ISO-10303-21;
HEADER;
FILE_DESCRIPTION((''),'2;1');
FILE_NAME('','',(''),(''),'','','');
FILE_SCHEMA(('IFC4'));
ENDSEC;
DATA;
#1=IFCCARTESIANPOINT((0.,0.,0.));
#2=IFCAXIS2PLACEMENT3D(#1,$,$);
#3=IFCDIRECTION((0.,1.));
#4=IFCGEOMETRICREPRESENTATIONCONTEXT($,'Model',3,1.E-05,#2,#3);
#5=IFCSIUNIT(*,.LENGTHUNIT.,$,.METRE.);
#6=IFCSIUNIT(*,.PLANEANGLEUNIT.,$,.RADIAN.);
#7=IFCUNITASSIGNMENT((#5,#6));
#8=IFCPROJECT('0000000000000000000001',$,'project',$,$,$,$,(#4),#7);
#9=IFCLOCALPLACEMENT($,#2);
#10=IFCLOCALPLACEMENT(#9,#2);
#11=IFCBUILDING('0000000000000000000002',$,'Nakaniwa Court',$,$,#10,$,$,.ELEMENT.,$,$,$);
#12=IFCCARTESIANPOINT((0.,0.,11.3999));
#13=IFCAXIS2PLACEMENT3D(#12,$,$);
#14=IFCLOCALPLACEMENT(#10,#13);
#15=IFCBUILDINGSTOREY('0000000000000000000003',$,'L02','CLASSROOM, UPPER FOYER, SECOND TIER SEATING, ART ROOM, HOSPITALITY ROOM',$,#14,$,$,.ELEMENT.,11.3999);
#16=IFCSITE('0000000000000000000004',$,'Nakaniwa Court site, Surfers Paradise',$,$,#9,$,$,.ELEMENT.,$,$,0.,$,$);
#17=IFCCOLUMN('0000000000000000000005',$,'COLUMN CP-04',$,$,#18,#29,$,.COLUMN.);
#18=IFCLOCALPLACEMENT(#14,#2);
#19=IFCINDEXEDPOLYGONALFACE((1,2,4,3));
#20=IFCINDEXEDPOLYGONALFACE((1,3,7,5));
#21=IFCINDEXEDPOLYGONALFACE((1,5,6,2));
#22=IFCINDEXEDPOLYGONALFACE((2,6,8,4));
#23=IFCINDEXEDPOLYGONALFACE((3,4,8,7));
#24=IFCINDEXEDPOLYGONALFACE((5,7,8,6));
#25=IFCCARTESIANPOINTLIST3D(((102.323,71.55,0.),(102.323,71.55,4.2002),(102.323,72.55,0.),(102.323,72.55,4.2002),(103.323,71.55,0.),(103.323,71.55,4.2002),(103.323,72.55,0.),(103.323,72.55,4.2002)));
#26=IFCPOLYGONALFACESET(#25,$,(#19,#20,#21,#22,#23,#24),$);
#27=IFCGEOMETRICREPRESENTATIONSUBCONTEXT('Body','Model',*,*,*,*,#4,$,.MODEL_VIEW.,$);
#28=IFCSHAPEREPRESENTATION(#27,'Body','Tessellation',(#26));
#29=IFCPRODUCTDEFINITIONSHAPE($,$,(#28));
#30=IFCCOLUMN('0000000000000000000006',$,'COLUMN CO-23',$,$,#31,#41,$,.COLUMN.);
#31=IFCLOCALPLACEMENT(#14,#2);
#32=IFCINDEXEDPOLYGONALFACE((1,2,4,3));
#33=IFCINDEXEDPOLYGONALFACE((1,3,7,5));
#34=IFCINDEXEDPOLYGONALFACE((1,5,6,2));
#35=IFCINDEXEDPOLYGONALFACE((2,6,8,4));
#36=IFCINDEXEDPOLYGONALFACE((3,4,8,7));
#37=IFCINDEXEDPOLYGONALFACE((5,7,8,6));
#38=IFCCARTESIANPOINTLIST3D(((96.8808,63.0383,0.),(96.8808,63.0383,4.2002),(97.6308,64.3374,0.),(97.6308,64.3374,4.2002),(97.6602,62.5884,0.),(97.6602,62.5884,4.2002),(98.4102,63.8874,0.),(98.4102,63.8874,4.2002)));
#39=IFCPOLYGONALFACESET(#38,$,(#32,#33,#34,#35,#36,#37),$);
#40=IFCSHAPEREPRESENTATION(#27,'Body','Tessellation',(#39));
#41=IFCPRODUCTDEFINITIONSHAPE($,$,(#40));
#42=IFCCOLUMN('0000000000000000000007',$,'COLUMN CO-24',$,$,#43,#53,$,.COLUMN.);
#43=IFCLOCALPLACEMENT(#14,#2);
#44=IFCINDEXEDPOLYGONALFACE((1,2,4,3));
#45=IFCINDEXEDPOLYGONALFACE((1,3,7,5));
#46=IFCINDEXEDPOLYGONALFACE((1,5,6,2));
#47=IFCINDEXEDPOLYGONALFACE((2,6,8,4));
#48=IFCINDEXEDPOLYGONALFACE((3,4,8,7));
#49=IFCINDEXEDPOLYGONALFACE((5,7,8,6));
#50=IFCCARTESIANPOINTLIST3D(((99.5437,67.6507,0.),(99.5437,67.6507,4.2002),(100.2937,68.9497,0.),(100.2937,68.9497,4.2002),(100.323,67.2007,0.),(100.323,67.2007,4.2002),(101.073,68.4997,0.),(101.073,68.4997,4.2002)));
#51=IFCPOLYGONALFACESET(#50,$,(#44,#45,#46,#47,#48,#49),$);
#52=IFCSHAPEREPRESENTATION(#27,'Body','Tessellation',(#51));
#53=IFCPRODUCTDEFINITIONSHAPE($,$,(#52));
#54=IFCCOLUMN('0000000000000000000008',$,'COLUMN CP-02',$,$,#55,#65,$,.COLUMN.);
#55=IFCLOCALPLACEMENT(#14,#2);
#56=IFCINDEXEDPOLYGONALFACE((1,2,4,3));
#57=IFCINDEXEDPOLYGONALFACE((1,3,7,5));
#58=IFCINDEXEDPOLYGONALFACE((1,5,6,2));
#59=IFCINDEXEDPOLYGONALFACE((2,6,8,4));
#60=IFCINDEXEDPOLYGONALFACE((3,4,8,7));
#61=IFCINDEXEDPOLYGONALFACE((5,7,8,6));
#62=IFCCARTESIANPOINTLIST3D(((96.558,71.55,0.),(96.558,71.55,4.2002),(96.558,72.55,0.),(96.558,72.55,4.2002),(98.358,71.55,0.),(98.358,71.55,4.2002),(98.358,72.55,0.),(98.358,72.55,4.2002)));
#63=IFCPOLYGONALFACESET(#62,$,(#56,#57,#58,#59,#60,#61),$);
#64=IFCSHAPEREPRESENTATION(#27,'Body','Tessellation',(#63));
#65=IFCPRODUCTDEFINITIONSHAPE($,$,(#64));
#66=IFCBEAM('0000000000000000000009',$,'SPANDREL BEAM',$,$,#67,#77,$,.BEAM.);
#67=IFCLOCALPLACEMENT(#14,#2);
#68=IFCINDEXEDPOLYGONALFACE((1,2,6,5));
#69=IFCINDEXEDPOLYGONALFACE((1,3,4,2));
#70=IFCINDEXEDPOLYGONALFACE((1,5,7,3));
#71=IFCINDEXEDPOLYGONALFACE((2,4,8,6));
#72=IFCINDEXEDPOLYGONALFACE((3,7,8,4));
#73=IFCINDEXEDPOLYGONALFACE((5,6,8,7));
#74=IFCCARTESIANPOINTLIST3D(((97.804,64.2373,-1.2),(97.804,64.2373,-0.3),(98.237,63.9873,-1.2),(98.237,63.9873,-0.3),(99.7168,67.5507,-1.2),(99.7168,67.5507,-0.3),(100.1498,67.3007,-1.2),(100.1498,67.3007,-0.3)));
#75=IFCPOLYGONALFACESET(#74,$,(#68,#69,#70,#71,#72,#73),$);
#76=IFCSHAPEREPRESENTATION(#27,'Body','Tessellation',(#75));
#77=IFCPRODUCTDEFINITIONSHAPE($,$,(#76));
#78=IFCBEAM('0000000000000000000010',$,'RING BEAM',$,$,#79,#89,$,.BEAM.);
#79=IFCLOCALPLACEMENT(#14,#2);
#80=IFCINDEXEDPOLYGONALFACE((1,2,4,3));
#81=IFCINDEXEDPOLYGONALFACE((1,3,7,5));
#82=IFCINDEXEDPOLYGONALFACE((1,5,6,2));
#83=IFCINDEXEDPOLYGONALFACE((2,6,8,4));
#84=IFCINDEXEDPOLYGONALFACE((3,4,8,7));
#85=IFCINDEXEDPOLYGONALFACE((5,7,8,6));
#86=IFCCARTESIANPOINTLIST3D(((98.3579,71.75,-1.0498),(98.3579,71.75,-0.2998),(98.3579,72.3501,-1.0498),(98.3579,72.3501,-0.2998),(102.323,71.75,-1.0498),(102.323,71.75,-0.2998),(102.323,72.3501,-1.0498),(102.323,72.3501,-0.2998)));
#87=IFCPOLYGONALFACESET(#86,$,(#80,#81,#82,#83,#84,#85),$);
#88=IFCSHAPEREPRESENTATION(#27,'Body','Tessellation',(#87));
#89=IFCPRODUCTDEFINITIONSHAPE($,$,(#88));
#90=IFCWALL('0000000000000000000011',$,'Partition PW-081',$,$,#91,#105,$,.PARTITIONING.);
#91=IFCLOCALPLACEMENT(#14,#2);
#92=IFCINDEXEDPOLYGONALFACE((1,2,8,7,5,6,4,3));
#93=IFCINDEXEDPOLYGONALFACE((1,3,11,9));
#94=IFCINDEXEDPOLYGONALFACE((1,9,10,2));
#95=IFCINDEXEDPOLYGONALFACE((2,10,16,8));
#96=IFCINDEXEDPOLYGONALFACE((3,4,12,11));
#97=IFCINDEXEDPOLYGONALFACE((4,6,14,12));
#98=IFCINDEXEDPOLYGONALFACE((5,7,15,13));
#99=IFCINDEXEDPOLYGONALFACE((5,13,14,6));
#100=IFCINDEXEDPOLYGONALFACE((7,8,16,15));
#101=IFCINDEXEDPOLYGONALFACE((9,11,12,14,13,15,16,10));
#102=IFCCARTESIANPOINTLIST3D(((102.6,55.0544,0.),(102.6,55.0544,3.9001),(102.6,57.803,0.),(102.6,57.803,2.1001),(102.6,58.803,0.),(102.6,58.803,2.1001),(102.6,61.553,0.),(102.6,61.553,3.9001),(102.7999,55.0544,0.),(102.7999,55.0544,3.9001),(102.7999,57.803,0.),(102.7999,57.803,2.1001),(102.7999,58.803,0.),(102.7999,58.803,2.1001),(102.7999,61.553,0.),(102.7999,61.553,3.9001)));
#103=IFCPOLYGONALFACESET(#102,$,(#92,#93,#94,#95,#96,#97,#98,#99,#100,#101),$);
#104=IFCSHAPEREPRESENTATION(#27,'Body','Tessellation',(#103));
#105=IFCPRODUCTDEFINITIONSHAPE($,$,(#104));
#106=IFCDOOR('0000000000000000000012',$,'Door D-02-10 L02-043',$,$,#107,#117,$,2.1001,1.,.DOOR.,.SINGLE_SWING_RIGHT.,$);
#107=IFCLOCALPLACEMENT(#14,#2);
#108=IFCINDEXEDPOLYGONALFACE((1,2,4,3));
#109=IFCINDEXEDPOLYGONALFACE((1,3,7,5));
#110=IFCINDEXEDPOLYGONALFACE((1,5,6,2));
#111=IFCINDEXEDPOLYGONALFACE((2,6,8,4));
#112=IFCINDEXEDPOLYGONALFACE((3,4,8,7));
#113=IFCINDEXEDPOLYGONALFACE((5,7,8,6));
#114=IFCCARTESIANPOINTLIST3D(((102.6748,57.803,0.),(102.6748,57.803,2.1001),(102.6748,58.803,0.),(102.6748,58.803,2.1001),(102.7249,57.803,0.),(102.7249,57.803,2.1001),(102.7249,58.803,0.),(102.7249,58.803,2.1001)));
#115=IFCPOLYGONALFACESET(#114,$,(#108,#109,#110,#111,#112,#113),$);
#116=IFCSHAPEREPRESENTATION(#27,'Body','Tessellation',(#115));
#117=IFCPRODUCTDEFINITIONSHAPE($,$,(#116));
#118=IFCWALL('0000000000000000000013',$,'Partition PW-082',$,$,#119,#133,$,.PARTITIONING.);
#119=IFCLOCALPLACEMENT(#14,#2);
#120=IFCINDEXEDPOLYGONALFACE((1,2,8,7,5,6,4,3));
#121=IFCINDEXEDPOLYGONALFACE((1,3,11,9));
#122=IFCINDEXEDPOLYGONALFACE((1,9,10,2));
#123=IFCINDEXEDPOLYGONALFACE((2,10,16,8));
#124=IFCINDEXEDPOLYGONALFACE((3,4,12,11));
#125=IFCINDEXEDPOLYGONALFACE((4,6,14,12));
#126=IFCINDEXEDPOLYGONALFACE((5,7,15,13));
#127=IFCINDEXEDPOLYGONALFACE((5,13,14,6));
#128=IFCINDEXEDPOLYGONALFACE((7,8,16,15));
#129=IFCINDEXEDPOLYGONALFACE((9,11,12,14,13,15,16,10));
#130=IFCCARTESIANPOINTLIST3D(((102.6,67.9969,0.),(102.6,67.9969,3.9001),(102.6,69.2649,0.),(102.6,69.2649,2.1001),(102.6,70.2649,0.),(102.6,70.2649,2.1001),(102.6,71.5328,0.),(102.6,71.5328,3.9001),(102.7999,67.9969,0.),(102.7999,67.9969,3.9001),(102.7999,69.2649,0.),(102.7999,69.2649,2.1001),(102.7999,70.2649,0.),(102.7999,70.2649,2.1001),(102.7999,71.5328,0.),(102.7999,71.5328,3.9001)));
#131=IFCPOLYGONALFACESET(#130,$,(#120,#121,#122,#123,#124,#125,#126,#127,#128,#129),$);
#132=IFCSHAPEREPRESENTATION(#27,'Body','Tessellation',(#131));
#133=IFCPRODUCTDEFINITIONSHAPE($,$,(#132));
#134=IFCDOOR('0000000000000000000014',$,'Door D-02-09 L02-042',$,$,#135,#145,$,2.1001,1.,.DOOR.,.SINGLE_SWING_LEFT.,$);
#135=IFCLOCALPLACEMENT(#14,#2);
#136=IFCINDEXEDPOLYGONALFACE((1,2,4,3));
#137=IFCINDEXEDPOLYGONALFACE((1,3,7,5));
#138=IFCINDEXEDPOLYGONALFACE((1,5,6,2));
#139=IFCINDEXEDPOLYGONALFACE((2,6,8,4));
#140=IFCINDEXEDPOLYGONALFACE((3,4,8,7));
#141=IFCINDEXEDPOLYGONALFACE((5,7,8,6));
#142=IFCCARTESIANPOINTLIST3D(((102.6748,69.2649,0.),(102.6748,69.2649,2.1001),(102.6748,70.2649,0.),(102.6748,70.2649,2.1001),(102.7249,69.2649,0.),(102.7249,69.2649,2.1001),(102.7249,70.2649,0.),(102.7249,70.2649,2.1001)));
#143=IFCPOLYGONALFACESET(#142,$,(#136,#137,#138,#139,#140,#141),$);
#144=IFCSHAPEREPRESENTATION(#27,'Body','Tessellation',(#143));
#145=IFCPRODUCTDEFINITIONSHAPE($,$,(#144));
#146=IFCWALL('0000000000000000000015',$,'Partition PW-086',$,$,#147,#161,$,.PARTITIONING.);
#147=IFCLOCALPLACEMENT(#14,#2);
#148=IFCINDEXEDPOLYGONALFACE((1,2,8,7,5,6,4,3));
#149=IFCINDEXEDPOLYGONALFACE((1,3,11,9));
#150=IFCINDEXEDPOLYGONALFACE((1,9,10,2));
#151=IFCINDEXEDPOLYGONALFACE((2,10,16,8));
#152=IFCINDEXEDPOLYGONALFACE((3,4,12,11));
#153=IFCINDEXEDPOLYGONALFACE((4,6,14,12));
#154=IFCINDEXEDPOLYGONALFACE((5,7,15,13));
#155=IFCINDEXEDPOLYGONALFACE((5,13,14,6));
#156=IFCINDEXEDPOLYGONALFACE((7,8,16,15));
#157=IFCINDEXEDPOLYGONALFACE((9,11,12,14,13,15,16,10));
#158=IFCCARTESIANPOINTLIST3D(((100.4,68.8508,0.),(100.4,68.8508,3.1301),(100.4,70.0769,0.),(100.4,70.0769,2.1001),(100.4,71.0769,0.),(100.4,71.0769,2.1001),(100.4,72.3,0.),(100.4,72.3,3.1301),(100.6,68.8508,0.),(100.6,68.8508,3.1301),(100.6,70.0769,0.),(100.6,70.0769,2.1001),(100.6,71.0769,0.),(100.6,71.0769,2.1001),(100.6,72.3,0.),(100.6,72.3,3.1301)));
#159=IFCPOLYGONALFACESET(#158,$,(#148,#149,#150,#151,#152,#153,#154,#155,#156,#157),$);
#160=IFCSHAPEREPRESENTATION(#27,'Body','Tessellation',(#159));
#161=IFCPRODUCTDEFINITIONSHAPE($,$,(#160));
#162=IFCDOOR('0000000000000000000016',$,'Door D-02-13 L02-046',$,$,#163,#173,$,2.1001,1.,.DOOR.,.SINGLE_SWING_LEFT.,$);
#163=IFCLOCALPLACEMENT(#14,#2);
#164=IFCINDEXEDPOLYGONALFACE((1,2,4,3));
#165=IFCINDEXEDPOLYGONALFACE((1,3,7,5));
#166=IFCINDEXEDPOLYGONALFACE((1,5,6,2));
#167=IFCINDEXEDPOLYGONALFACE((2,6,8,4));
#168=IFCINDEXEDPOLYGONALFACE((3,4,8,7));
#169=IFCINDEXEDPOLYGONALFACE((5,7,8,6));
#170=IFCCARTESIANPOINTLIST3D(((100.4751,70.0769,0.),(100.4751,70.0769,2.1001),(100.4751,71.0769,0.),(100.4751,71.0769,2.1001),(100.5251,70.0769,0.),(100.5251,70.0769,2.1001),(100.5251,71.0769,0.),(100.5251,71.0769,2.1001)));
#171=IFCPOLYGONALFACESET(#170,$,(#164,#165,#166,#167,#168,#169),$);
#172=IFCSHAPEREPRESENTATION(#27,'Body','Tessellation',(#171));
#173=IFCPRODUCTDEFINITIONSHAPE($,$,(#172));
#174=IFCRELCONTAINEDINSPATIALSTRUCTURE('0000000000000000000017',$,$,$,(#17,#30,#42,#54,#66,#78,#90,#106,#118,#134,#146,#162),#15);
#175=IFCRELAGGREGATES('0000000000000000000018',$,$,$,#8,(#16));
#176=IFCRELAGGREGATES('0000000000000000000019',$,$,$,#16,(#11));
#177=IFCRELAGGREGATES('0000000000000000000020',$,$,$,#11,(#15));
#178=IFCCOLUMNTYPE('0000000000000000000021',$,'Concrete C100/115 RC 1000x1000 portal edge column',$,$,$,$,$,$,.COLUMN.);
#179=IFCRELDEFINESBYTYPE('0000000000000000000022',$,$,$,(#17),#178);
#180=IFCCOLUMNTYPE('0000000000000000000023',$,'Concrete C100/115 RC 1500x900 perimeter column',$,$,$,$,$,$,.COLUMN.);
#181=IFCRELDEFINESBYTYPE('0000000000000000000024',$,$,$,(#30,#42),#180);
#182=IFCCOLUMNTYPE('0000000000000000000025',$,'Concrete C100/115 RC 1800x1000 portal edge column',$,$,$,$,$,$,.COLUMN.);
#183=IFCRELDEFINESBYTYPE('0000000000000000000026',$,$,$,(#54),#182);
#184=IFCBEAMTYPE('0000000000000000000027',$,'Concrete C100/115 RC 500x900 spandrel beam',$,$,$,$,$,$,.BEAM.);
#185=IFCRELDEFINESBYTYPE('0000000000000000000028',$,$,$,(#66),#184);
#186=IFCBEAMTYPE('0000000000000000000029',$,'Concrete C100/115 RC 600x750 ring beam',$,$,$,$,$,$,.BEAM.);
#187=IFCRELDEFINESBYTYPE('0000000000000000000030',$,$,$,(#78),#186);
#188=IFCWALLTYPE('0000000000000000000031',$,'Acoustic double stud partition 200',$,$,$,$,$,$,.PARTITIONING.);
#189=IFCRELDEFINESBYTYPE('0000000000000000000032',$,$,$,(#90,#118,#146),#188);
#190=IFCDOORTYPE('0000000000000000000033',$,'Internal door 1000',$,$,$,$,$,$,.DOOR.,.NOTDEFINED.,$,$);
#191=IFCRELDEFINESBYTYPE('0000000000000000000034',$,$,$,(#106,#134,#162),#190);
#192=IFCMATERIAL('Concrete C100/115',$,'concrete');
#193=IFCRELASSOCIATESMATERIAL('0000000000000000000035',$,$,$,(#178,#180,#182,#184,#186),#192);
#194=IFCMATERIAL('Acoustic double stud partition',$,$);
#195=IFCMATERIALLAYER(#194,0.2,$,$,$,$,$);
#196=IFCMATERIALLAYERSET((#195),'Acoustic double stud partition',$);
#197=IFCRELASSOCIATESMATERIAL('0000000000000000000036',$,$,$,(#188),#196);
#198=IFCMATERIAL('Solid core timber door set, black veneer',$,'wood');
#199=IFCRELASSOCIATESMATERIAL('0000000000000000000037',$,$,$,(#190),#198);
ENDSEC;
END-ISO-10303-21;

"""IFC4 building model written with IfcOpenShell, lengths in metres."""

from ifc_helpers import new_model, si_unit, direction, frame, frame_2d, origin, origin_2d, place, context, subcontext, project, spatial, rectangle, extrude, material, layer, layer_set, material_profile, profile_set, type_object, element, fill, save


model = new_model("IFC4")

# Units and contexts
model_context = context("Model", 3, precision=1e-05, world=origin(), true_north=direction((0.0, 1.0)))
body_context = subcontext(model_context, "Body", "Model", "MODEL_VIEW")
ifc_project = project(units=[si_unit("LENGTHUNIT", "METRE"), si_unit("PLANEANGLEUNIT", "RADIAN")], contexts=[model_context])

# Site, building, storey
site_placement = place(None, origin())
site = spatial("IfcSite", under=ifc_project, at=site_placement, Name="Nakaniwa Court site, Surfers Paradise", CompositionType="ELEMENT", RefElevation=0.0)
building_placement = place(site_placement, origin())
building = spatial("IfcBuilding", under=site, at=building_placement, Name="Nakaniwa Court", CompositionType="ELEMENT")
storey_placement = place(building_placement, frame((0.0, 0.0, 11.3999)))
storey = spatial("IfcBuildingStorey", under=building, at=storey_placement, Name="L02", Description="CLASSROOM, UPPER FOYER, SECOND TIER SEATING, ART ROOM, HOSPITALITY ROOM", CompositionType="ELEMENT", Elevation=11.3999)

# Columns
ifc_material_1 = material(Name="Concrete C100/115", Category="concrete")
ifc_material_profile_1 = material_profile(ifc_material_1, rectangle(XDim=1.0, YDim=1.0, at=origin_2d()), Name="Concrete C100/115 RC 1000x1000 portal edge column")
ifc_profile_set_1 = profile_set([ifc_material_profile_1], Name="Concrete C100/115")
column_type_1 = type_object("IfcColumnType", Name="Concrete C100/115 RC 1000x1000 portal edge column", PredefinedType="COLUMN", material=ifc_profile_set_1)
column_1_placement = place(storey_placement, frame((102.823, 72.05, 0.0), z_axis=(0.0, 0.0, 1.0), x_axis=(1.0, 0.0, 0.0)))
element("IfcColumn", 1, at=column_1_placement, inside=storey, type_object=column_type_1, Name="COLUMN CP-04", PredefinedType="COLUMN", context=body_context, shape_type="SweptSolid", body=[
    extrude(rectangle(XDim=1.0, YDim=1.0, at=origin_2d()), origin(), (0.0, 0.0, 1.0), 4.2002),
])
ifc_material_profile_2 = material_profile(ifc_material_1, rectangle(XDim=1.5, YDim=0.8999, at=origin_2d()), Name="Concrete C100/115 RC 1500x900 perimeter column")
ifc_profile_set_2 = profile_set([ifc_material_profile_2], Name="Concrete C100/115")
column_type_2 = type_object("IfcColumnType", Name="Concrete C100/115 RC 1500x900 perimeter column", PredefinedType="COLUMN", material=ifc_profile_set_2)
for number, where, z_axis, x_axis, name in (
    (2, (97.6455, 63.4629, 0.0), (0.0, 0.0, 1.0), (0.5, 0.866025, 0.0), "COLUMN CO-23"),
    (3, (100.3083, 68.0752, 0.0), (0.0, 0.0, 1.0), (0.5, 0.866025, 0.0), "COLUMN CO-24"),
):
    element("IfcColumn", number, at=place(storey_placement, frame(where, z_axis=z_axis, x_axis=x_axis)), inside=storey, type_object=column_type_2, Name=name, PredefinedType="COLUMN", context=body_context, shape_type="SweptSolid", body=[
        extrude(rectangle(XDim=1.5, YDim=0.8999, at=origin_2d()), origin(), (0.0, 0.0, 1.0), 4.2002),
    ])
ifc_material_profile_3 = material_profile(ifc_material_1, rectangle(XDim=1.8, YDim=1.0, at=origin_2d()), Name="Concrete C100/115 RC 1800x1000 portal edge column")
ifc_profile_set_3 = profile_set([ifc_material_profile_3], Name="Concrete C100/115")
column_type_3 = type_object("IfcColumnType", Name="Concrete C100/115 RC 1800x1000 portal edge column", PredefinedType="COLUMN", material=ifc_profile_set_3)
column_2_placement = place(storey_placement, frame((97.458, 72.05, 0.0), z_axis=(0.0, 0.0, 1.0), x_axis=(1.0, 0.0, 0.0)))
element("IfcColumn", 4, at=column_2_placement, inside=storey, type_object=column_type_3, Name="COLUMN CP-02", PredefinedType="COLUMN", context=body_context, shape_type="SweptSolid", body=[
    extrude(rectangle(XDim=1.8, YDim=1.0, at=origin_2d()), origin(), (0.0, 0.0, 1.0), 4.2002),
])

# Beams
ifc_material_profile_4 = material_profile(ifc_material_1, rectangle(XDim=0.5, YDim=0.8999, at=origin_2d()), Name="Concrete C100/115 RC 500x900 spandrel beam")
ifc_profile_set_4 = profile_set([ifc_material_profile_4], Name="Concrete C100/115")
beam_type_1 = type_object("IfcBeamType", Name="Concrete C100/115 RC 500x900 spandrel beam", PredefinedType="BEAM", material=ifc_profile_set_4)
beam_1_placement = place(storey_placement, frame((98.0205, 64.1123, -0.75), z_axis=(0.499962, 0.866047, 0.0), x_axis=(-0.866047, 0.499962, 0.0)))
element("IfcBeam", 5, at=beam_1_placement, inside=storey, type_object=beam_type_1, Name="SPANDREL BEAM", PredefinedType="BEAM", context=body_context, shape_type="SweptSolid", body=[
    extrude(rectangle(XDim=0.5, YDim=0.8999, at=origin_2d()), origin(), (0.0, 0.0, 1.0), 3.8259),
])
ifc_material_profile_5 = material_profile(ifc_material_1, rectangle(XDim=0.6001, YDim=0.75, at=origin_2d()), Name="Concrete C100/115 RC 600x750 ring beam")
ifc_profile_set_5 = profile_set([ifc_material_profile_5], Name="Concrete C100/115")
beam_type_2 = type_object("IfcBeamType", Name="Concrete C100/115 RC 600x750 ring beam", PredefinedType="BEAM", material=ifc_profile_set_5)
beam_2_placement = place(storey_placement, frame((98.3579, 72.05, -0.6748), z_axis=(1.0, 0.0, 0.0), x_axis=(0.0, 1.0, 0.0)))
element("IfcBeam", 6, at=beam_2_placement, inside=storey, type_object=beam_type_2, Name="RING BEAM", PredefinedType="BEAM", context=body_context, shape_type="SweptSolid", body=[
    extrude(rectangle(XDim=0.6001, YDim=0.75, at=origin_2d()), origin(), (0.0, 0.0, 1.0), 3.9651),
])

# Walls, openings, doors
ifc_material_2 = material(Name="Acoustic double stud partition")
ifc_layer_1 = layer(ifc_material_2, 0.2)
ifc_layer_set_1 = layer_set([ifc_layer_1], Name="Acoustic double stud partition")
wall_type_1 = type_object("IfcWallType", Name="Acoustic double stud partition 200", PredefinedType="PARTITIONING", material=ifc_layer_set_1)
wall_1_placement = place(storey_placement, frame((102.7, 61.553, 0.0), z_axis=(0.0, 0.0, 1.0), x_axis=(0.0, -1.0, 0.0)))
wall_1 = element("IfcWall", 7, at=wall_1_placement, inside=storey, type_object=wall_type_1, Name="Partition PW-081", PredefinedType="PARTITIONING", context=body_context, shape_type="SweptSolid", body=[
    extrude(rectangle(XDim=6.4985, YDim=0.2, at=frame_2d((3.2493, 0.0))), origin(), (0.0, 0.0, 1.0), 3.9001),
])
opening_1_placement = place(wall_1_placement, frame((2.75, 0.0, 0.0)))
opening_1 = element("IfcOpeningElement", 8, at=opening_1_placement, cuts=wall_1, PredefinedType="OPENING", context=body_context, shape_type="SweptSolid", body=[
    extrude(rectangle(XDim=1.0, YDim=2.1001, at=frame_2d((0.5, 1.05))), frame((0.0, 0.1099, 0.0), z_axis=(0.0, -1.0, 0.0), x_axis=(1.0, 0.0, 0.0)), (0.0, 0.0, 1.0), 0.22),
])
ifc_material_3 = material(Name="Solid core timber door set, black veneer", Category="wood")
door_type_1 = type_object("IfcDoorType", Name="Internal door 1000", OperationType="NOTDEFINED", PredefinedType="DOOR", material=ifc_material_3)
door_1_placement = place(opening_1_placement, origin())
door_1 = element("IfcDoor", 9, at=door_1_placement, inside=storey, type_object=door_type_1, Name="Door D-02-10 L02-043", OperationType="SINGLE_SWING_RIGHT", OverallHeight=2.1001, OverallWidth=1.0, PredefinedType="DOOR", context=body_context, shape_type="SweptSolid", body=[
    extrude(rectangle(XDim=1.0, YDim=2.1001, at=frame_2d((0.5, 1.05))), frame((0.0, 0.0249, 0.0), z_axis=(0.0, -1.0, 0.0), x_axis=(1.0, 0.0, 0.0)), (0.0, 0.0, 1.0), 0.05),
])
fill(opening_1, door_1)
wall_2_placement = place(storey_placement, frame((102.7, 71.533, 0.0), z_axis=(0.0, 0.0, 1.0), x_axis=(0.0, -1.0, 0.0)))
wall_2 = element("IfcWall", 10, at=wall_2_placement, inside=storey, type_object=wall_type_1, Name="Partition PW-082", PredefinedType="PARTITIONING", context=body_context, shape_type="SweptSolid", body=[
    extrude(rectangle(XDim=3.5359, YDim=0.2, at=frame_2d((1.7681, 0.0))), origin(), (0.0, 0.0, 1.0), 3.9001),
])
opening_2_placement = place(wall_2_placement, frame((1.2681, 0.0, 0.0)))
opening_2 = element("IfcOpeningElement", 11, at=opening_2_placement, cuts=wall_2, PredefinedType="OPENING", context=body_context, shape_type="SweptSolid", body=[
    extrude(rectangle(XDim=1.0, YDim=2.1001, at=frame_2d((0.5, 1.05))), frame((0.0, 0.1099, 0.0), z_axis=(0.0, -1.0, 0.0), x_axis=(1.0, 0.0, 0.0)), (0.0, 0.0, 1.0), 0.22),
])
door_2_placement = place(opening_2_placement, origin())
door_2 = element("IfcDoor", 12, at=door_2_placement, inside=storey, type_object=door_type_1, Name="Door D-02-09 L02-042", OperationType="SINGLE_SWING_LEFT", OverallHeight=2.1001, OverallWidth=1.0, PredefinedType="DOOR", context=body_context, shape_type="SweptSolid", body=[
    extrude(rectangle(XDim=1.0, YDim=2.1001, at=frame_2d((0.5, 1.05))), frame((0.0, 0.0249, 0.0), z_axis=(0.0, -1.0, 0.0), x_axis=(1.0, 0.0, 0.0)), (0.0, 0.0, 1.0), 0.05),
])
fill(opening_2, door_2)
wall_3_placement = place(storey_placement, frame((100.5, 68.8508, 0.0), z_axis=(0.0, 0.0, 1.0), x_axis=(0.0, 1.0, 0.0)))
wall_3 = element("IfcWall", 13, at=wall_3_placement, inside=storey, type_object=wall_type_1, Name="Partition PW-086", PredefinedType="PARTITIONING", context=body_context, shape_type="SweptSolid", body=[
    extrude(rectangle(XDim=3.4492, YDim=0.2, at=frame_2d((1.7246, 0.0))), origin(), (0.0, 0.0, 1.0), 3.1301),
])
opening_3_placement = place(wall_3_placement, frame((1.2261, 0.0, 0.0)))
opening_3 = element("IfcOpeningElement", 14, at=opening_3_placement, cuts=wall_3, PredefinedType="OPENING", context=body_context, shape_type="SweptSolid", body=[
    extrude(rectangle(XDim=1.0, YDim=2.1001, at=frame_2d((0.5, 1.05))), frame((0.0, 0.1099, 0.0), z_axis=(0.0, -1.0, 0.0), x_axis=(1.0, 0.0, 0.0)), (0.0, 0.0, 1.0), 0.22),
])
door_3_placement = place(opening_3_placement, origin())
door_3 = element("IfcDoor", 15, at=door_3_placement, inside=storey, type_object=door_type_1, Name="Door D-02-13 L02-046", OperationType="SINGLE_SWING_LEFT", OverallHeight=2.1001, OverallWidth=1.0, PredefinedType="DOOR", context=body_context, shape_type="SweptSolid", body=[
    extrude(rectangle(XDim=1.0, YDim=2.1001, at=frame_2d((0.5, 1.05))), frame((0.0, 0.0249, 0.0), z_axis=(0.0, -1.0, 0.0), x_axis=(1.0, 0.0, 0.0)), (0.0, 0.0, 1.0), 0.05),
])
fill(opening_3, door_3)

save(model, "model.ifc")
